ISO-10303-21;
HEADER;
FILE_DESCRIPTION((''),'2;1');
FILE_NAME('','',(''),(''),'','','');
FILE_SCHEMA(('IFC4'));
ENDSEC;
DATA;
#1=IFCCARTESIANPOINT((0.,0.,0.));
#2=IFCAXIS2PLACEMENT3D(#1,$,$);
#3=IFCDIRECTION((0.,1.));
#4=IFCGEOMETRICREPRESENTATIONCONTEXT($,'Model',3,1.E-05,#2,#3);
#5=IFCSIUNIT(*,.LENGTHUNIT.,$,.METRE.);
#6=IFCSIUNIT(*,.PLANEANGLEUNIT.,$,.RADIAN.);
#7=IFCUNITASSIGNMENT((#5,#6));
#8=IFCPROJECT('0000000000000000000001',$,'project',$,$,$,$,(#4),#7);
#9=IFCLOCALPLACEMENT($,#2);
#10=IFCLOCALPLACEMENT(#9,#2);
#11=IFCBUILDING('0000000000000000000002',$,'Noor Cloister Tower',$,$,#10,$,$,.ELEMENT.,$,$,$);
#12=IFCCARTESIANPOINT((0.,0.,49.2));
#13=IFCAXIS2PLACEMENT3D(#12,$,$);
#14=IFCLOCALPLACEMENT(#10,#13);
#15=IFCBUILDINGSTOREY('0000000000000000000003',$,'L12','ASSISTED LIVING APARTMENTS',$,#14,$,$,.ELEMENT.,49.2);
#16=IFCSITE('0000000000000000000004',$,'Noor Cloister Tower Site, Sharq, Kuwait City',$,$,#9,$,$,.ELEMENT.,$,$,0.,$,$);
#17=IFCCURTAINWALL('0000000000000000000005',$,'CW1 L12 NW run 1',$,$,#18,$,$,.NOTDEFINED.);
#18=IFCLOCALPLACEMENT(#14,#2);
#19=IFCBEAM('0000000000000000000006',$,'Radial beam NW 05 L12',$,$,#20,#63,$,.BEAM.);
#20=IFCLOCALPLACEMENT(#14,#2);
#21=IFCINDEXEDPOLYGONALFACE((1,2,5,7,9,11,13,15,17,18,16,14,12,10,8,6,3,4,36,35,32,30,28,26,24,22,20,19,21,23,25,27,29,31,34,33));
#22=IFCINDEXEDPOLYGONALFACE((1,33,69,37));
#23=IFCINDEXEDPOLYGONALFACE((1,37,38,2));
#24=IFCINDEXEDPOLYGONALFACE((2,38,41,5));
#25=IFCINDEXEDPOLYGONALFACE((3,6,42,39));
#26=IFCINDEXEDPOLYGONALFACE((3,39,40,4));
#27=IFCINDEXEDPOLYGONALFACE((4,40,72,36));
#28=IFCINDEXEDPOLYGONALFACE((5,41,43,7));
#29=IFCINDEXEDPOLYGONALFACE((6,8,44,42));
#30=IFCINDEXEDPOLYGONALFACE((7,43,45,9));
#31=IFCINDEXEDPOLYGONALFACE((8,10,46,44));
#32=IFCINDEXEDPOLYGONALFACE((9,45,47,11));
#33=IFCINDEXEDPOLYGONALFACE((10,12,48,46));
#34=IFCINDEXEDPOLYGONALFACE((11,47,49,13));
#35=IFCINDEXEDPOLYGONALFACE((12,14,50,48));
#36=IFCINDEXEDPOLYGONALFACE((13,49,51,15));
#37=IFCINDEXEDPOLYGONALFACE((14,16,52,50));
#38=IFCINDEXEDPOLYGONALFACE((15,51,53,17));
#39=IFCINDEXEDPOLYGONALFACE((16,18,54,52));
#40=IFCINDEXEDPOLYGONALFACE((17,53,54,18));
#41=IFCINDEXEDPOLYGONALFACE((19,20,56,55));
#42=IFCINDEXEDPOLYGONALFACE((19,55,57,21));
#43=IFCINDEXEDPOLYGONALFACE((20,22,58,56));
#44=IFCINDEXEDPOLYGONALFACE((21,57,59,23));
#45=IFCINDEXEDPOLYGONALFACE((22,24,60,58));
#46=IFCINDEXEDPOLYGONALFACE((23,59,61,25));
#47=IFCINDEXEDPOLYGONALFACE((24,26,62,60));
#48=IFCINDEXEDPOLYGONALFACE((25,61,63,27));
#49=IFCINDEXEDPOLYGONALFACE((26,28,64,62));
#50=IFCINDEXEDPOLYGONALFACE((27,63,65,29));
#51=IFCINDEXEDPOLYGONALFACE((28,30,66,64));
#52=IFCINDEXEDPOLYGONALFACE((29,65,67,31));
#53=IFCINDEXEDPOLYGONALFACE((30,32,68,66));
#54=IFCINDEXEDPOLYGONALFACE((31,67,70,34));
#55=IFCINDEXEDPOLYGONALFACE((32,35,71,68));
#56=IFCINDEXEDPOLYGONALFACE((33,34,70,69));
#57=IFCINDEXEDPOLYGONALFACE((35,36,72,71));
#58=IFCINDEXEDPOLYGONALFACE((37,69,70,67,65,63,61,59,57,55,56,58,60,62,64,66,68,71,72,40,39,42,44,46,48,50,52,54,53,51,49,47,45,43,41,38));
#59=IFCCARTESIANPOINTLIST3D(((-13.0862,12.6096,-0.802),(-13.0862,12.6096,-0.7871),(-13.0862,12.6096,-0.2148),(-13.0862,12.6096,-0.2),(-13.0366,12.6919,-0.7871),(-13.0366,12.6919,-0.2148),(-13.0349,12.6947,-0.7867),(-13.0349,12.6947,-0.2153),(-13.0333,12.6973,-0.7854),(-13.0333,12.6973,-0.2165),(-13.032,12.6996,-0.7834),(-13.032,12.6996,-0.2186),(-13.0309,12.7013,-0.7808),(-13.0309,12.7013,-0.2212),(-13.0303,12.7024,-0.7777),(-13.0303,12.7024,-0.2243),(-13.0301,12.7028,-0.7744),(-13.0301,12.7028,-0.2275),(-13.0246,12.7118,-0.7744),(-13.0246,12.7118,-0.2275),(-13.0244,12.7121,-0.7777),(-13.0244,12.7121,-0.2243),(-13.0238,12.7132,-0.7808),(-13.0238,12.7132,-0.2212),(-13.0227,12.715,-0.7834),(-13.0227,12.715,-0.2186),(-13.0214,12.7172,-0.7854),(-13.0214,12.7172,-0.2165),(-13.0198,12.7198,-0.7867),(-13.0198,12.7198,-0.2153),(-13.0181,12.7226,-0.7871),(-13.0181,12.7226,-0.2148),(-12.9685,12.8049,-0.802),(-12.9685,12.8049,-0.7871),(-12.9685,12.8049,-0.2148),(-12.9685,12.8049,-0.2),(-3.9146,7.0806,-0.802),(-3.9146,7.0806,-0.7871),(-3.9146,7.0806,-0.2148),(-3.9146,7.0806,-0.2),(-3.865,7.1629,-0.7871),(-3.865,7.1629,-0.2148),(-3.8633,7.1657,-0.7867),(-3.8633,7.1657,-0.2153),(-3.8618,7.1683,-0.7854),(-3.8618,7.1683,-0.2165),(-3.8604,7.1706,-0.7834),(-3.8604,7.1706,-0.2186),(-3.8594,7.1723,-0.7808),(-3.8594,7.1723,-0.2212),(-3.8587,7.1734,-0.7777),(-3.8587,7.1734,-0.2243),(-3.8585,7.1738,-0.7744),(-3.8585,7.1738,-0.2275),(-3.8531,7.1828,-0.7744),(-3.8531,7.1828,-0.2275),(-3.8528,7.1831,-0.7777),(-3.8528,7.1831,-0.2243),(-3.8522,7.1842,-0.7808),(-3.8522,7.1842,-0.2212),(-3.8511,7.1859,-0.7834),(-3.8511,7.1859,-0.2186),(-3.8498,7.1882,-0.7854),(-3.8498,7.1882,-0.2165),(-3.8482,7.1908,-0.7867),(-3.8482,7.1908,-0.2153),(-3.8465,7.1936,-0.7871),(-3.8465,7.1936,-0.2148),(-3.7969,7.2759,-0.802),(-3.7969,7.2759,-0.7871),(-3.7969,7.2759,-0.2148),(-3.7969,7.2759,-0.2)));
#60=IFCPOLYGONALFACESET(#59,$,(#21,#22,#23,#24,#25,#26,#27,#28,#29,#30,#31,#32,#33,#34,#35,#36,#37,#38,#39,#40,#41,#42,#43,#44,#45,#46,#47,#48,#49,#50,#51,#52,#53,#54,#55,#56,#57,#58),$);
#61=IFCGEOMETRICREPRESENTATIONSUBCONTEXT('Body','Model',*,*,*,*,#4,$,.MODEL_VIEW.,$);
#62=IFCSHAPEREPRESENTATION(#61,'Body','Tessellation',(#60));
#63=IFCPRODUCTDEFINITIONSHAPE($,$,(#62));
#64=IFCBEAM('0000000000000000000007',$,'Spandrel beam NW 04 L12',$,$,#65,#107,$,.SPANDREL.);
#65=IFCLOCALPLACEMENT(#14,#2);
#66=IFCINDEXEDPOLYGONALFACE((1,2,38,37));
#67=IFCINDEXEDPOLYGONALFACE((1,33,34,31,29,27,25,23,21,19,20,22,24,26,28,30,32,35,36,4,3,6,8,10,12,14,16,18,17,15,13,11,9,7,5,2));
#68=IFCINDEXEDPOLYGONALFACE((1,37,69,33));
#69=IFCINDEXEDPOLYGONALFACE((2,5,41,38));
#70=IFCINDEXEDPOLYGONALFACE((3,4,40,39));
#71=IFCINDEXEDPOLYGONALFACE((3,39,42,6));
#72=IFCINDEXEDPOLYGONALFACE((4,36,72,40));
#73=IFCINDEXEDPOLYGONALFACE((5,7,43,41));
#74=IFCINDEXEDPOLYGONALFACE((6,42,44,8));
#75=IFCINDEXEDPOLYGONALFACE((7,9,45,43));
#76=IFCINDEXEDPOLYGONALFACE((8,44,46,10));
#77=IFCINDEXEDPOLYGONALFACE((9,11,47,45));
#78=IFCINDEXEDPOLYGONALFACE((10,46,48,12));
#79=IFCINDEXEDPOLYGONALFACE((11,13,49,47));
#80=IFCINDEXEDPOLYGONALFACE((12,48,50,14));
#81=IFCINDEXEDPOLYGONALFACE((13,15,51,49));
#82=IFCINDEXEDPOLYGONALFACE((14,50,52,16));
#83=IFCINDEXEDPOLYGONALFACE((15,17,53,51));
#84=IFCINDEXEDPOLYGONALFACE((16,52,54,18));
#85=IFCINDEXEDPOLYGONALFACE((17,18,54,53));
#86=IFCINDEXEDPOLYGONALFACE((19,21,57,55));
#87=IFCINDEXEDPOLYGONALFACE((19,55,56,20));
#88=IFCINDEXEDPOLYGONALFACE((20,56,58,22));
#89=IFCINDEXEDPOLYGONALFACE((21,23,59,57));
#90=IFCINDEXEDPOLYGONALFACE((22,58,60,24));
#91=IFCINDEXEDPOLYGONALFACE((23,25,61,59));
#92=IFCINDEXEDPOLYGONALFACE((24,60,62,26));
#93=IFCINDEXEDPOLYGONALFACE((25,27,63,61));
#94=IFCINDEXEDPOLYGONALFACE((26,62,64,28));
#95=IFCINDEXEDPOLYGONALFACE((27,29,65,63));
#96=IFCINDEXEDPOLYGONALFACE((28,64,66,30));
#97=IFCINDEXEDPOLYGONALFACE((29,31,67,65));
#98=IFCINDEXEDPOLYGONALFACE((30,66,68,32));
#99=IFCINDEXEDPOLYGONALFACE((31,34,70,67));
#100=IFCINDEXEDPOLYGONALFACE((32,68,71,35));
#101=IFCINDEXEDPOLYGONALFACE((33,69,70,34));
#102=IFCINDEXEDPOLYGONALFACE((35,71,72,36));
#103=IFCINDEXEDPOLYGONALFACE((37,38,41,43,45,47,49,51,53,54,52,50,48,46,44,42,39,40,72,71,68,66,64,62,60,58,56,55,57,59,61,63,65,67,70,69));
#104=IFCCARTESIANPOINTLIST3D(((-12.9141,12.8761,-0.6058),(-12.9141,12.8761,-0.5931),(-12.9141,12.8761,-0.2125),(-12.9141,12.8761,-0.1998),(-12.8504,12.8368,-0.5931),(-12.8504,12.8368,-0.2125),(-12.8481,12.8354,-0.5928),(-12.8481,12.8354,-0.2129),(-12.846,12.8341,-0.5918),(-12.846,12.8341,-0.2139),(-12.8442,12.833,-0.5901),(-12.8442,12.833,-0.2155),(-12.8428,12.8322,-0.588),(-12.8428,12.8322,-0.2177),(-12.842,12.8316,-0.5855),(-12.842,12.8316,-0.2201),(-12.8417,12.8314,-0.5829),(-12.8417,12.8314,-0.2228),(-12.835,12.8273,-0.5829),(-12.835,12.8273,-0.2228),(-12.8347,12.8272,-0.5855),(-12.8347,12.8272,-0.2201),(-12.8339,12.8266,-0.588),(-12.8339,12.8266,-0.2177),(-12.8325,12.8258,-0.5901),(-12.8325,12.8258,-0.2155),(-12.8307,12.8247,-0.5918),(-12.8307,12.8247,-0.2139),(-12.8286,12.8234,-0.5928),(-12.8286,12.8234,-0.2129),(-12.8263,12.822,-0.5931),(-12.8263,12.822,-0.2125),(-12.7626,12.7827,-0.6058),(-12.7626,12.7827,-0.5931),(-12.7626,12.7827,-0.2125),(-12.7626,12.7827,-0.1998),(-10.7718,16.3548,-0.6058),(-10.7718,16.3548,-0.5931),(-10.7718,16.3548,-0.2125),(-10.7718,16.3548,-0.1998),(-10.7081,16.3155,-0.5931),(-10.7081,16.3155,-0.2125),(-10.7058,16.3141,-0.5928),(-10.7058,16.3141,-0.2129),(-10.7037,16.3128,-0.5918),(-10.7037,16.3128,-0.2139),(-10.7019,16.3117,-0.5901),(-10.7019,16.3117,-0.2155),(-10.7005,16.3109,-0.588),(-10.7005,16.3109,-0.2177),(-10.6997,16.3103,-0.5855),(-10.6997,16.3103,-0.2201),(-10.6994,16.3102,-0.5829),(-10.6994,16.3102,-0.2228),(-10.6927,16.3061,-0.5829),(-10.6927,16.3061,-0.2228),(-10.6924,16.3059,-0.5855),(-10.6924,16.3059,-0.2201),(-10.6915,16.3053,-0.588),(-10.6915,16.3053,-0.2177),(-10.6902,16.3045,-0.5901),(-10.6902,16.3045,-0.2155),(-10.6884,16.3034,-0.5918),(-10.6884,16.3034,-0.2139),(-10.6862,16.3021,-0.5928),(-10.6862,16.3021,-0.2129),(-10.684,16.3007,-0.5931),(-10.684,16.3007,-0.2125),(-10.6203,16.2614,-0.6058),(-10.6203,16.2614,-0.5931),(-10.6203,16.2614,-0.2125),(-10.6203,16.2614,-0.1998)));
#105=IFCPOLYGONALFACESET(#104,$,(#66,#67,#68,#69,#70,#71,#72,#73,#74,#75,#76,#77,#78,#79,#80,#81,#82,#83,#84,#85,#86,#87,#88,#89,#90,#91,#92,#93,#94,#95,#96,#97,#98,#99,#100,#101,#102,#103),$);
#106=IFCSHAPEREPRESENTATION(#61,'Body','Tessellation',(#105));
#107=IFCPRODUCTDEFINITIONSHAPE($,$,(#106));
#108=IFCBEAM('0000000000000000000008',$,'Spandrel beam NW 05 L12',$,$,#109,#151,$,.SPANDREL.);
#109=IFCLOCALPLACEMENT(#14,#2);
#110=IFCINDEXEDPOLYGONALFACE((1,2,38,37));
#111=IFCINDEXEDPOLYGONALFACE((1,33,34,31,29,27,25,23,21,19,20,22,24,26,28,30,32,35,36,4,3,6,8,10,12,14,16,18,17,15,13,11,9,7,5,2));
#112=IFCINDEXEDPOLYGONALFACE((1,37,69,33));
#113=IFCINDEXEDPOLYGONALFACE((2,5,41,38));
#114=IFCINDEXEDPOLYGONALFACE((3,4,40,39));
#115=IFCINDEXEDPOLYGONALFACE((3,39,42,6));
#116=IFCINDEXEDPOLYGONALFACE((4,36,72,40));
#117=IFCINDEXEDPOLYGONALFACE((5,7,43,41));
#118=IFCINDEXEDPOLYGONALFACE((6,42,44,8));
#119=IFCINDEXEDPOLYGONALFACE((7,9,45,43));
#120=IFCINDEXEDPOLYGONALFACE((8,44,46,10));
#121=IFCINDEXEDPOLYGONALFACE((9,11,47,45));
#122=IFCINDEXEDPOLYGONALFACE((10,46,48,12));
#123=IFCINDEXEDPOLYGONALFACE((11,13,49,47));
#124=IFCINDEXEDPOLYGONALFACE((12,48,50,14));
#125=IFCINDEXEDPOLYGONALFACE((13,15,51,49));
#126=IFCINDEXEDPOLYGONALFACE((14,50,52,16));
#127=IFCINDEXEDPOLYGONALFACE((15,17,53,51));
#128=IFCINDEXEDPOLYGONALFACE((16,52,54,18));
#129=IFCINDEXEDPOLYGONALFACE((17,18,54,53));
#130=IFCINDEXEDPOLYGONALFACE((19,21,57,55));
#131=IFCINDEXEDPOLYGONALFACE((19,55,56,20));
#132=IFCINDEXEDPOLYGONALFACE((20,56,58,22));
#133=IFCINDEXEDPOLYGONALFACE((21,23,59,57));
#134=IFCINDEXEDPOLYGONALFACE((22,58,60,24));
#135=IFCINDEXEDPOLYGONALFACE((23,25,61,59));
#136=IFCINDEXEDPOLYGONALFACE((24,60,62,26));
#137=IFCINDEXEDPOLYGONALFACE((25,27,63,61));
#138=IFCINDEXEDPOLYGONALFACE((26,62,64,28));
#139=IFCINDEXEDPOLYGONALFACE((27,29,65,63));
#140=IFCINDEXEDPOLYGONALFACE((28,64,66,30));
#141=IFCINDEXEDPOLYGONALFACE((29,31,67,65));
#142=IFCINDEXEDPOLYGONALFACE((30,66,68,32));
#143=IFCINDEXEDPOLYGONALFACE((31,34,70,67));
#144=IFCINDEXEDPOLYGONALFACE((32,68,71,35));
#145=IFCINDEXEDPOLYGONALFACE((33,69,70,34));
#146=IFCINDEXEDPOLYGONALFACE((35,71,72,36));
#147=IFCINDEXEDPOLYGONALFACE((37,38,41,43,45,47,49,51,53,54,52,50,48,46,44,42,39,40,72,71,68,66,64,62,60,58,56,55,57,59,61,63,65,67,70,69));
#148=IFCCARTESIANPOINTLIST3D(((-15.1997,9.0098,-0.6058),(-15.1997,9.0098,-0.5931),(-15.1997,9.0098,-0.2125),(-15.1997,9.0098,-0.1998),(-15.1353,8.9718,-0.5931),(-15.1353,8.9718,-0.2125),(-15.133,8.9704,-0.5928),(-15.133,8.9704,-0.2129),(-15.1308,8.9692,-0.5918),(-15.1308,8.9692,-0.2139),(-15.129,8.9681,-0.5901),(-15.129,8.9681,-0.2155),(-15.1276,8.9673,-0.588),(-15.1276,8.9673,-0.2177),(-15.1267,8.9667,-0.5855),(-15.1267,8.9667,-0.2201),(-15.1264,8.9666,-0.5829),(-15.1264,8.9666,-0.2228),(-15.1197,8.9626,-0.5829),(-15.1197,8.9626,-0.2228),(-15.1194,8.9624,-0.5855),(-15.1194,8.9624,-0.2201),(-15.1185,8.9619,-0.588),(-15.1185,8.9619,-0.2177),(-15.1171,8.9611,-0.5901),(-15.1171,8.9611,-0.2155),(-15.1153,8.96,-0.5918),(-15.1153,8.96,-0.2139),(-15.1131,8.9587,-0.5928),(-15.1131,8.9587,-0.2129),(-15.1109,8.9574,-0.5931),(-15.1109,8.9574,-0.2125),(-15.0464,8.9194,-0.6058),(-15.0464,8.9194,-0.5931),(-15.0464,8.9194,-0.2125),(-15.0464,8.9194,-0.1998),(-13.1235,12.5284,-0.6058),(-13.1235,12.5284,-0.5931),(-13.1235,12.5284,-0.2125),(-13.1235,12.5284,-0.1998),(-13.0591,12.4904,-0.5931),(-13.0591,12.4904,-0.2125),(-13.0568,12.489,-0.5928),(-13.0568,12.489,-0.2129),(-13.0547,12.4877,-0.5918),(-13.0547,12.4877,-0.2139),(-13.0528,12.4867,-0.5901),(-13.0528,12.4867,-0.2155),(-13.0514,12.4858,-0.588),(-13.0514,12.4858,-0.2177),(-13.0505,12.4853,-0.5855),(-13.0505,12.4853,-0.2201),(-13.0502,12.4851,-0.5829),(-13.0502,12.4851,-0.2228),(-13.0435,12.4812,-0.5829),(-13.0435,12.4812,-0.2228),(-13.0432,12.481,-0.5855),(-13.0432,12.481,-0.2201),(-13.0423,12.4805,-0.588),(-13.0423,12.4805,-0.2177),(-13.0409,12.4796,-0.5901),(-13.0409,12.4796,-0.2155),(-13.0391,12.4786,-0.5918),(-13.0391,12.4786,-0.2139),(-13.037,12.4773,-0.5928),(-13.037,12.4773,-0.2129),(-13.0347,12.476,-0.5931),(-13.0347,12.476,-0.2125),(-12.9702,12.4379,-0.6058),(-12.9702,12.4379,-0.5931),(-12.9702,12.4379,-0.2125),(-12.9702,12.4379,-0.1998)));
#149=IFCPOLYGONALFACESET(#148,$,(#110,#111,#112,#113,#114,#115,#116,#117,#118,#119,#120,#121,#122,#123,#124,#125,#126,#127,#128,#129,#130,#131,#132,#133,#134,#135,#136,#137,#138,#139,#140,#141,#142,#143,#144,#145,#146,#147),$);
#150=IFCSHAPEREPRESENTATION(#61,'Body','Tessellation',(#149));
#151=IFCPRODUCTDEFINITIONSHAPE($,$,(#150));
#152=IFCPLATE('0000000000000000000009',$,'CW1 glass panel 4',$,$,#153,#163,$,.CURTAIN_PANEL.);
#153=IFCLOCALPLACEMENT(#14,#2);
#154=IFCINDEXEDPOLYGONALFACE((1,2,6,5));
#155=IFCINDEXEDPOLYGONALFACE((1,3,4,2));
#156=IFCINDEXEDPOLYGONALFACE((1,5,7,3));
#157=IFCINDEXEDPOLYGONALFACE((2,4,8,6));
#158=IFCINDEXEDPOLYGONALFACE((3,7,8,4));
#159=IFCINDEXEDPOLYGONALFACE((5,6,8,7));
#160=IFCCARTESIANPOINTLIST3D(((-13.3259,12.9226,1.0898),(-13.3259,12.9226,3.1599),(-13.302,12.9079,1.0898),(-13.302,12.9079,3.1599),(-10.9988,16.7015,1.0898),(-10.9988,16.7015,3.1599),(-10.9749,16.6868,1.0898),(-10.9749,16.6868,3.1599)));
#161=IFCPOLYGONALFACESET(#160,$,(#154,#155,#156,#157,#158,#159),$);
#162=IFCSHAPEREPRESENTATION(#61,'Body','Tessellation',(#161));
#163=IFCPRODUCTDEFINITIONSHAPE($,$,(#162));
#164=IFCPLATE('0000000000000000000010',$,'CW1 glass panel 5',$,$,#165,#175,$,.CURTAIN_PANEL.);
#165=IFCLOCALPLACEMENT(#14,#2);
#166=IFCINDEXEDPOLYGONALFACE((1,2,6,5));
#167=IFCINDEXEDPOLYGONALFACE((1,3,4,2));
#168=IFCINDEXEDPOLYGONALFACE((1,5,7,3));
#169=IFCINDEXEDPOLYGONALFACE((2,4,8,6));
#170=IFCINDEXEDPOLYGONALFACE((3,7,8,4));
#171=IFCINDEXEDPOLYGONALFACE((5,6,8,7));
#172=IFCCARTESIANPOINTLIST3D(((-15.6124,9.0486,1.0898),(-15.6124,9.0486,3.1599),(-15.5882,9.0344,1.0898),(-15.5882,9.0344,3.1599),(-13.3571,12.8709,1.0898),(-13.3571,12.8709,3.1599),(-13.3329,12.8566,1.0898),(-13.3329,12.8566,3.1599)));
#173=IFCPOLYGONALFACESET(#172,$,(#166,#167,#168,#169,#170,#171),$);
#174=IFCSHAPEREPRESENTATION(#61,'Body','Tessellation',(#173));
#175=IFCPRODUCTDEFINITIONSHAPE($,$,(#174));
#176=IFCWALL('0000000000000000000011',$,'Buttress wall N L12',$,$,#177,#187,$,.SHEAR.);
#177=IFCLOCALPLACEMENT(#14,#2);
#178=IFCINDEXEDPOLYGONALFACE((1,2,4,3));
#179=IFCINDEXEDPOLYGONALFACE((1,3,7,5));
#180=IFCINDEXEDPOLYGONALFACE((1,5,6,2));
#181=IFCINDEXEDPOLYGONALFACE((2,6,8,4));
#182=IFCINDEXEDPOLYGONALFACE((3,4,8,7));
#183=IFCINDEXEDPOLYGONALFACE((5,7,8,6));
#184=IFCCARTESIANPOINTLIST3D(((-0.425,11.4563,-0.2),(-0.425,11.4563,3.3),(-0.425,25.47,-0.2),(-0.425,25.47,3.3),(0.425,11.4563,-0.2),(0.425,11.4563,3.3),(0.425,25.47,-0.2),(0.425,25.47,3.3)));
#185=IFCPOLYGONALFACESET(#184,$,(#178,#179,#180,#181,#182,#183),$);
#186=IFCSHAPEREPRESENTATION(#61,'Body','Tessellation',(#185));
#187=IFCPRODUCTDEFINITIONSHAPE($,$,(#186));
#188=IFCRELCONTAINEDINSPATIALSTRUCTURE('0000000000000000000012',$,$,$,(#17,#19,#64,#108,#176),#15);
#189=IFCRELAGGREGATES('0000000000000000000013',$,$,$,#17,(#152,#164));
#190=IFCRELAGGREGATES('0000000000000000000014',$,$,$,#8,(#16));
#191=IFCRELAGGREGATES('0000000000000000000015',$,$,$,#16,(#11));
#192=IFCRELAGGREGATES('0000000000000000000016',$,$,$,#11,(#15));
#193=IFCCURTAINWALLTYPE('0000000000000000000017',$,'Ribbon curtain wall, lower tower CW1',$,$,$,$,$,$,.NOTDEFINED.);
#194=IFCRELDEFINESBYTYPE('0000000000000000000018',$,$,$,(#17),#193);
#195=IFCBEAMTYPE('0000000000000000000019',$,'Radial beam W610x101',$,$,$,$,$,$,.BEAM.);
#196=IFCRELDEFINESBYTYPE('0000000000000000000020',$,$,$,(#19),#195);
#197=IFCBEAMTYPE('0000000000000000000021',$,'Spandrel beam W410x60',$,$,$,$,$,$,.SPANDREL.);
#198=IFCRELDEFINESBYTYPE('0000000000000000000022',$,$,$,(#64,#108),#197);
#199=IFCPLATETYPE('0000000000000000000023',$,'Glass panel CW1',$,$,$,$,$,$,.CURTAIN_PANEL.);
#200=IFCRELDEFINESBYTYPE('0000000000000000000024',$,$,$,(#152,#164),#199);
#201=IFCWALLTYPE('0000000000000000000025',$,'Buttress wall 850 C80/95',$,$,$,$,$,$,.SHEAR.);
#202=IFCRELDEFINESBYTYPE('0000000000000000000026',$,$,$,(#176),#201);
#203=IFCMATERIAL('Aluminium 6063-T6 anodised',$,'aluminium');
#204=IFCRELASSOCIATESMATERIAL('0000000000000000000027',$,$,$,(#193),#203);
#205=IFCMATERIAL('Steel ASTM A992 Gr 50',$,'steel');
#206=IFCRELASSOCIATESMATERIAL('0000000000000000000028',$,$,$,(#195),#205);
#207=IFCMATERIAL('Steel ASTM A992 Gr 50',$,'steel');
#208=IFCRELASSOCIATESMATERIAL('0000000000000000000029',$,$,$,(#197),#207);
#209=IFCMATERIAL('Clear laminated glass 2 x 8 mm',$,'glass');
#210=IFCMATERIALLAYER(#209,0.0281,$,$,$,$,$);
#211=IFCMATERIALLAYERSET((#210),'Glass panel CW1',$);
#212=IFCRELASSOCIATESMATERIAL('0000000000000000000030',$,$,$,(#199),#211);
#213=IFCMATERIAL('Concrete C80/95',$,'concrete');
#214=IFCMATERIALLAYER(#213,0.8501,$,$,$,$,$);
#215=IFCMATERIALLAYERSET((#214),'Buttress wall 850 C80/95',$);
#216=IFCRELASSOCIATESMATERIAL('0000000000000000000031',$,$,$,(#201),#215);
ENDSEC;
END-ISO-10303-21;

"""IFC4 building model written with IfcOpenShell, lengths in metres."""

from ifc_helpers import new_model, si_unit, direction, frame, frame_2d, origin, origin_2d, place, context, subcontext, project, spatial, rectangle, i_section, extrude, material, layer, layer_set, material_profile, profile_set, type_object, element, aggregate, save


model = new_model("IFC4")

# Units and contexts
model_context = context("Model", 3, precision=1e-05, world=origin(), true_north=direction((0.0, 1.0)))
body_context = subcontext(model_context, "Body", "Model", "MODEL_VIEW")
ifc_project = project(units=[si_unit("LENGTHUNIT", "METRE"), si_unit("PLANEANGLEUNIT", "RADIAN")], contexts=[model_context])

# Site, building, storey
site_placement = place(None, origin())
site = spatial("IfcSite", under=ifc_project, at=site_placement, Name="Noor Cloister Tower Site, Sharq, Kuwait City", CompositionType="ELEMENT", RefElevation=0.0)
building_placement = place(site_placement, origin())
building = spatial("IfcBuilding", under=site, at=building_placement, Name="Noor Cloister Tower", CompositionType="ELEMENT")
storey_placement = place(building_placement, frame((0.0, 0.0, 49.2)))
storey = spatial("IfcBuildingStorey", under=building, at=storey_placement, Name="L12", Description="ASSISTED LIVING APARTMENTS", CompositionType="ELEMENT", Elevation=49.2)

# Curtain wall
ifc_material_1 = material(Name="Aluminium 6063-T6 anodised", Category="aluminium")
curtain_wall_type = type_object("IfcCurtainWallType", Name="Ribbon curtain wall, lower tower CW1", PredefinedType="NOTDEFINED", material=ifc_material_1)
curtain_wall_placement = place(storey_placement, origin())
curtain_wall = element("IfcCurtainWall", 1, at=curtain_wall_placement, inside=storey, type_object=curtain_wall_type, Name="CW1 L12 NW run 1", PredefinedType="NOTDEFINED")

# Beams
ifc_material_2 = material(Name="Steel ASTM A992 Gr 50", Category="steel")
ifc_material_profile_1 = material_profile(ifc_material_2, i_section(OverallWidth=0.228, OverallDepth=0.6021, WebThickness=0.0105, FlangeThickness=0.0149, FilletRadius=0.0127, at=origin_2d()), Name="W610x101")
ifc_profile_set_1 = profile_set([ifc_material_profile_1], Name="Steel ASTM A992 Gr 50")
beam_type_1 = type_object("IfcBeamType", Name="Radial beam W610x101", PredefinedType="BEAM", material=ifc_profile_set_1)
beam_1_placement = place(storey_placement, frame((-13.0273, 12.7073, -0.501), z_axis=(0.856417, -0.516285, 0.0), x_axis=(0.516285, 0.856417, 0.0)))
element("IfcBeam", 2, at=beam_1_placement, inside=storey, type_object=beam_type_1, Name="Radial beam NW 05 L12", PredefinedType="BEAM", context=body_context, shape_type="SweptSolid", body=[
    extrude(i_section(OverallWidth=0.228, OverallDepth=0.6021, WebThickness=0.0105, FlangeThickness=0.0149, FilletRadius=0.0127, at=origin_2d()), origin(), (0.0, 0.0, 1.0), 10.7092),
])
ifc_material_3 = material(Name="Steel ASTM A992 Gr 50", Category="steel")
ifc_material_profile_2 = material_profile(ifc_material_3, i_section(OverallWidth=0.178, OverallDepth=0.406, WebThickness=0.0078, FlangeThickness=0.0127, FilletRadius=0.0103, at=origin_2d()), Name="W410x60")
ifc_profile_set_2 = profile_set([ifc_material_profile_2], Name="Steel ASTM A992 Gr 50")
beam_type_2 = type_object("IfcBeamType", Name="Spandrel beam W410x60", PredefinedType="SPANDREL", material=ifc_profile_set_2)
for number, where, z_axis, x_axis, name in (
    (3, (-10.696, 16.3081, -0.4028), (-0.524374, -0.851488, 0.0), (0.851488, -0.524374, 0.0), "Spandrel beam NW 04 L12"),
    (4, (-13.0469, 12.4832, -0.4028), (-0.50819, -0.861245, 0.0), (0.861245, -0.50819, 0.0), "Spandrel beam NW 05 L12"),
):
    element("IfcBeam", number, at=place(storey_placement, frame(where, z_axis=z_axis, x_axis=x_axis)), inside=storey, type_object=beam_type_2, Name=name, PredefinedType="SPANDREL", context=body_context, shape_type="SweptSolid", body=[
        extrude(i_section(OverallWidth=0.178, OverallDepth=0.406, WebThickness=0.0078, FlangeThickness=0.0127, FilletRadius=0.0103, at=origin_2d()), origin(), (0.0, 0.0, 1.0), 4.0854),
    ])

# Plates
ifc_material_4 = material(Name="Clear laminated glass 2 x 8 mm", Category="glass")
ifc_layer_1 = layer(ifc_material_4, 0.0281)
ifc_layer_set_1 = layer_set([ifc_layer_1], Name="Glass panel CW1")
plate_type = type_object("IfcPlateType", Name="Glass panel CW1", PredefinedType="CURTAIN_PANEL", material=ifc_layer_set_1)
plate_1_placement = place(storey_placement, frame((-12.1504, 14.8047, 1.0898), z_axis=(0.0, 0.0, 1.0), x_axis=(-0.524368, -0.851492, 0.0)))
plate_1 = element("IfcPlate", 5, at=plate_1_placement, type_object=plate_type, Name="CW1 glass panel 4", PredefinedType="CURTAIN_PANEL", context=body_context, shape_type="SweptSolid", body=[
    extrude(rectangle(XDim=4.438, YDim=0.0281, at=origin_2d()), origin(), (0.0, 0.0, 1.0), 2.0701),
])
plate_2_placement = place(storey_placement, frame((-14.4727, 10.9526, 1.0898), z_axis=(0.0, 0.0, 1.0), x_axis=(-0.508168, -0.861258, 0.0)))
plate_2 = element("IfcPlate", 6, at=plate_2_placement, type_object=plate_type, Name="CW1 glass panel 5", PredefinedType="CURTAIN_PANEL", context=body_context, shape_type="SweptSolid", body=[
    extrude(rectangle(XDim=4.438, YDim=0.0281, at=origin_2d()), origin(), (0.0, 0.0, 1.0), 2.0701),
])
aggregate(curtain_wall, [plate_1, plate_2])

# Wall
ifc_material_5 = material(Name="Concrete C80/95", Category="concrete")
ifc_layer_2 = layer(ifc_material_5, 0.8501)
ifc_layer_set_2 = layer_set([ifc_layer_2], Name="Buttress wall 850 C80/95")
wall_type_1 = type_object("IfcWallType", Name="Buttress wall 850 C80/95", PredefinedType="SHEAR", material=ifc_layer_set_2)
wall_1_placement = place(storey_placement, frame((0.0, 11.4563, -0.2), z_axis=(0.0, 0.0, 1.0), x_axis=(0.0, 1.0, 0.0)))
element("IfcWall", 7, at=wall_1_placement, inside=storey, type_object=wall_type_1, Name="Buttress wall N L12", PredefinedType="SHEAR", context=body_context, shape_type="SweptSolid", body=[
    extrude(rectangle(XDim=14.0137, YDim=0.8501, at=frame_2d((7.0068, 0.0))), origin(), (0.0, 0.0, 1.0), 3.5),
])

save(model, "model.ifc")
